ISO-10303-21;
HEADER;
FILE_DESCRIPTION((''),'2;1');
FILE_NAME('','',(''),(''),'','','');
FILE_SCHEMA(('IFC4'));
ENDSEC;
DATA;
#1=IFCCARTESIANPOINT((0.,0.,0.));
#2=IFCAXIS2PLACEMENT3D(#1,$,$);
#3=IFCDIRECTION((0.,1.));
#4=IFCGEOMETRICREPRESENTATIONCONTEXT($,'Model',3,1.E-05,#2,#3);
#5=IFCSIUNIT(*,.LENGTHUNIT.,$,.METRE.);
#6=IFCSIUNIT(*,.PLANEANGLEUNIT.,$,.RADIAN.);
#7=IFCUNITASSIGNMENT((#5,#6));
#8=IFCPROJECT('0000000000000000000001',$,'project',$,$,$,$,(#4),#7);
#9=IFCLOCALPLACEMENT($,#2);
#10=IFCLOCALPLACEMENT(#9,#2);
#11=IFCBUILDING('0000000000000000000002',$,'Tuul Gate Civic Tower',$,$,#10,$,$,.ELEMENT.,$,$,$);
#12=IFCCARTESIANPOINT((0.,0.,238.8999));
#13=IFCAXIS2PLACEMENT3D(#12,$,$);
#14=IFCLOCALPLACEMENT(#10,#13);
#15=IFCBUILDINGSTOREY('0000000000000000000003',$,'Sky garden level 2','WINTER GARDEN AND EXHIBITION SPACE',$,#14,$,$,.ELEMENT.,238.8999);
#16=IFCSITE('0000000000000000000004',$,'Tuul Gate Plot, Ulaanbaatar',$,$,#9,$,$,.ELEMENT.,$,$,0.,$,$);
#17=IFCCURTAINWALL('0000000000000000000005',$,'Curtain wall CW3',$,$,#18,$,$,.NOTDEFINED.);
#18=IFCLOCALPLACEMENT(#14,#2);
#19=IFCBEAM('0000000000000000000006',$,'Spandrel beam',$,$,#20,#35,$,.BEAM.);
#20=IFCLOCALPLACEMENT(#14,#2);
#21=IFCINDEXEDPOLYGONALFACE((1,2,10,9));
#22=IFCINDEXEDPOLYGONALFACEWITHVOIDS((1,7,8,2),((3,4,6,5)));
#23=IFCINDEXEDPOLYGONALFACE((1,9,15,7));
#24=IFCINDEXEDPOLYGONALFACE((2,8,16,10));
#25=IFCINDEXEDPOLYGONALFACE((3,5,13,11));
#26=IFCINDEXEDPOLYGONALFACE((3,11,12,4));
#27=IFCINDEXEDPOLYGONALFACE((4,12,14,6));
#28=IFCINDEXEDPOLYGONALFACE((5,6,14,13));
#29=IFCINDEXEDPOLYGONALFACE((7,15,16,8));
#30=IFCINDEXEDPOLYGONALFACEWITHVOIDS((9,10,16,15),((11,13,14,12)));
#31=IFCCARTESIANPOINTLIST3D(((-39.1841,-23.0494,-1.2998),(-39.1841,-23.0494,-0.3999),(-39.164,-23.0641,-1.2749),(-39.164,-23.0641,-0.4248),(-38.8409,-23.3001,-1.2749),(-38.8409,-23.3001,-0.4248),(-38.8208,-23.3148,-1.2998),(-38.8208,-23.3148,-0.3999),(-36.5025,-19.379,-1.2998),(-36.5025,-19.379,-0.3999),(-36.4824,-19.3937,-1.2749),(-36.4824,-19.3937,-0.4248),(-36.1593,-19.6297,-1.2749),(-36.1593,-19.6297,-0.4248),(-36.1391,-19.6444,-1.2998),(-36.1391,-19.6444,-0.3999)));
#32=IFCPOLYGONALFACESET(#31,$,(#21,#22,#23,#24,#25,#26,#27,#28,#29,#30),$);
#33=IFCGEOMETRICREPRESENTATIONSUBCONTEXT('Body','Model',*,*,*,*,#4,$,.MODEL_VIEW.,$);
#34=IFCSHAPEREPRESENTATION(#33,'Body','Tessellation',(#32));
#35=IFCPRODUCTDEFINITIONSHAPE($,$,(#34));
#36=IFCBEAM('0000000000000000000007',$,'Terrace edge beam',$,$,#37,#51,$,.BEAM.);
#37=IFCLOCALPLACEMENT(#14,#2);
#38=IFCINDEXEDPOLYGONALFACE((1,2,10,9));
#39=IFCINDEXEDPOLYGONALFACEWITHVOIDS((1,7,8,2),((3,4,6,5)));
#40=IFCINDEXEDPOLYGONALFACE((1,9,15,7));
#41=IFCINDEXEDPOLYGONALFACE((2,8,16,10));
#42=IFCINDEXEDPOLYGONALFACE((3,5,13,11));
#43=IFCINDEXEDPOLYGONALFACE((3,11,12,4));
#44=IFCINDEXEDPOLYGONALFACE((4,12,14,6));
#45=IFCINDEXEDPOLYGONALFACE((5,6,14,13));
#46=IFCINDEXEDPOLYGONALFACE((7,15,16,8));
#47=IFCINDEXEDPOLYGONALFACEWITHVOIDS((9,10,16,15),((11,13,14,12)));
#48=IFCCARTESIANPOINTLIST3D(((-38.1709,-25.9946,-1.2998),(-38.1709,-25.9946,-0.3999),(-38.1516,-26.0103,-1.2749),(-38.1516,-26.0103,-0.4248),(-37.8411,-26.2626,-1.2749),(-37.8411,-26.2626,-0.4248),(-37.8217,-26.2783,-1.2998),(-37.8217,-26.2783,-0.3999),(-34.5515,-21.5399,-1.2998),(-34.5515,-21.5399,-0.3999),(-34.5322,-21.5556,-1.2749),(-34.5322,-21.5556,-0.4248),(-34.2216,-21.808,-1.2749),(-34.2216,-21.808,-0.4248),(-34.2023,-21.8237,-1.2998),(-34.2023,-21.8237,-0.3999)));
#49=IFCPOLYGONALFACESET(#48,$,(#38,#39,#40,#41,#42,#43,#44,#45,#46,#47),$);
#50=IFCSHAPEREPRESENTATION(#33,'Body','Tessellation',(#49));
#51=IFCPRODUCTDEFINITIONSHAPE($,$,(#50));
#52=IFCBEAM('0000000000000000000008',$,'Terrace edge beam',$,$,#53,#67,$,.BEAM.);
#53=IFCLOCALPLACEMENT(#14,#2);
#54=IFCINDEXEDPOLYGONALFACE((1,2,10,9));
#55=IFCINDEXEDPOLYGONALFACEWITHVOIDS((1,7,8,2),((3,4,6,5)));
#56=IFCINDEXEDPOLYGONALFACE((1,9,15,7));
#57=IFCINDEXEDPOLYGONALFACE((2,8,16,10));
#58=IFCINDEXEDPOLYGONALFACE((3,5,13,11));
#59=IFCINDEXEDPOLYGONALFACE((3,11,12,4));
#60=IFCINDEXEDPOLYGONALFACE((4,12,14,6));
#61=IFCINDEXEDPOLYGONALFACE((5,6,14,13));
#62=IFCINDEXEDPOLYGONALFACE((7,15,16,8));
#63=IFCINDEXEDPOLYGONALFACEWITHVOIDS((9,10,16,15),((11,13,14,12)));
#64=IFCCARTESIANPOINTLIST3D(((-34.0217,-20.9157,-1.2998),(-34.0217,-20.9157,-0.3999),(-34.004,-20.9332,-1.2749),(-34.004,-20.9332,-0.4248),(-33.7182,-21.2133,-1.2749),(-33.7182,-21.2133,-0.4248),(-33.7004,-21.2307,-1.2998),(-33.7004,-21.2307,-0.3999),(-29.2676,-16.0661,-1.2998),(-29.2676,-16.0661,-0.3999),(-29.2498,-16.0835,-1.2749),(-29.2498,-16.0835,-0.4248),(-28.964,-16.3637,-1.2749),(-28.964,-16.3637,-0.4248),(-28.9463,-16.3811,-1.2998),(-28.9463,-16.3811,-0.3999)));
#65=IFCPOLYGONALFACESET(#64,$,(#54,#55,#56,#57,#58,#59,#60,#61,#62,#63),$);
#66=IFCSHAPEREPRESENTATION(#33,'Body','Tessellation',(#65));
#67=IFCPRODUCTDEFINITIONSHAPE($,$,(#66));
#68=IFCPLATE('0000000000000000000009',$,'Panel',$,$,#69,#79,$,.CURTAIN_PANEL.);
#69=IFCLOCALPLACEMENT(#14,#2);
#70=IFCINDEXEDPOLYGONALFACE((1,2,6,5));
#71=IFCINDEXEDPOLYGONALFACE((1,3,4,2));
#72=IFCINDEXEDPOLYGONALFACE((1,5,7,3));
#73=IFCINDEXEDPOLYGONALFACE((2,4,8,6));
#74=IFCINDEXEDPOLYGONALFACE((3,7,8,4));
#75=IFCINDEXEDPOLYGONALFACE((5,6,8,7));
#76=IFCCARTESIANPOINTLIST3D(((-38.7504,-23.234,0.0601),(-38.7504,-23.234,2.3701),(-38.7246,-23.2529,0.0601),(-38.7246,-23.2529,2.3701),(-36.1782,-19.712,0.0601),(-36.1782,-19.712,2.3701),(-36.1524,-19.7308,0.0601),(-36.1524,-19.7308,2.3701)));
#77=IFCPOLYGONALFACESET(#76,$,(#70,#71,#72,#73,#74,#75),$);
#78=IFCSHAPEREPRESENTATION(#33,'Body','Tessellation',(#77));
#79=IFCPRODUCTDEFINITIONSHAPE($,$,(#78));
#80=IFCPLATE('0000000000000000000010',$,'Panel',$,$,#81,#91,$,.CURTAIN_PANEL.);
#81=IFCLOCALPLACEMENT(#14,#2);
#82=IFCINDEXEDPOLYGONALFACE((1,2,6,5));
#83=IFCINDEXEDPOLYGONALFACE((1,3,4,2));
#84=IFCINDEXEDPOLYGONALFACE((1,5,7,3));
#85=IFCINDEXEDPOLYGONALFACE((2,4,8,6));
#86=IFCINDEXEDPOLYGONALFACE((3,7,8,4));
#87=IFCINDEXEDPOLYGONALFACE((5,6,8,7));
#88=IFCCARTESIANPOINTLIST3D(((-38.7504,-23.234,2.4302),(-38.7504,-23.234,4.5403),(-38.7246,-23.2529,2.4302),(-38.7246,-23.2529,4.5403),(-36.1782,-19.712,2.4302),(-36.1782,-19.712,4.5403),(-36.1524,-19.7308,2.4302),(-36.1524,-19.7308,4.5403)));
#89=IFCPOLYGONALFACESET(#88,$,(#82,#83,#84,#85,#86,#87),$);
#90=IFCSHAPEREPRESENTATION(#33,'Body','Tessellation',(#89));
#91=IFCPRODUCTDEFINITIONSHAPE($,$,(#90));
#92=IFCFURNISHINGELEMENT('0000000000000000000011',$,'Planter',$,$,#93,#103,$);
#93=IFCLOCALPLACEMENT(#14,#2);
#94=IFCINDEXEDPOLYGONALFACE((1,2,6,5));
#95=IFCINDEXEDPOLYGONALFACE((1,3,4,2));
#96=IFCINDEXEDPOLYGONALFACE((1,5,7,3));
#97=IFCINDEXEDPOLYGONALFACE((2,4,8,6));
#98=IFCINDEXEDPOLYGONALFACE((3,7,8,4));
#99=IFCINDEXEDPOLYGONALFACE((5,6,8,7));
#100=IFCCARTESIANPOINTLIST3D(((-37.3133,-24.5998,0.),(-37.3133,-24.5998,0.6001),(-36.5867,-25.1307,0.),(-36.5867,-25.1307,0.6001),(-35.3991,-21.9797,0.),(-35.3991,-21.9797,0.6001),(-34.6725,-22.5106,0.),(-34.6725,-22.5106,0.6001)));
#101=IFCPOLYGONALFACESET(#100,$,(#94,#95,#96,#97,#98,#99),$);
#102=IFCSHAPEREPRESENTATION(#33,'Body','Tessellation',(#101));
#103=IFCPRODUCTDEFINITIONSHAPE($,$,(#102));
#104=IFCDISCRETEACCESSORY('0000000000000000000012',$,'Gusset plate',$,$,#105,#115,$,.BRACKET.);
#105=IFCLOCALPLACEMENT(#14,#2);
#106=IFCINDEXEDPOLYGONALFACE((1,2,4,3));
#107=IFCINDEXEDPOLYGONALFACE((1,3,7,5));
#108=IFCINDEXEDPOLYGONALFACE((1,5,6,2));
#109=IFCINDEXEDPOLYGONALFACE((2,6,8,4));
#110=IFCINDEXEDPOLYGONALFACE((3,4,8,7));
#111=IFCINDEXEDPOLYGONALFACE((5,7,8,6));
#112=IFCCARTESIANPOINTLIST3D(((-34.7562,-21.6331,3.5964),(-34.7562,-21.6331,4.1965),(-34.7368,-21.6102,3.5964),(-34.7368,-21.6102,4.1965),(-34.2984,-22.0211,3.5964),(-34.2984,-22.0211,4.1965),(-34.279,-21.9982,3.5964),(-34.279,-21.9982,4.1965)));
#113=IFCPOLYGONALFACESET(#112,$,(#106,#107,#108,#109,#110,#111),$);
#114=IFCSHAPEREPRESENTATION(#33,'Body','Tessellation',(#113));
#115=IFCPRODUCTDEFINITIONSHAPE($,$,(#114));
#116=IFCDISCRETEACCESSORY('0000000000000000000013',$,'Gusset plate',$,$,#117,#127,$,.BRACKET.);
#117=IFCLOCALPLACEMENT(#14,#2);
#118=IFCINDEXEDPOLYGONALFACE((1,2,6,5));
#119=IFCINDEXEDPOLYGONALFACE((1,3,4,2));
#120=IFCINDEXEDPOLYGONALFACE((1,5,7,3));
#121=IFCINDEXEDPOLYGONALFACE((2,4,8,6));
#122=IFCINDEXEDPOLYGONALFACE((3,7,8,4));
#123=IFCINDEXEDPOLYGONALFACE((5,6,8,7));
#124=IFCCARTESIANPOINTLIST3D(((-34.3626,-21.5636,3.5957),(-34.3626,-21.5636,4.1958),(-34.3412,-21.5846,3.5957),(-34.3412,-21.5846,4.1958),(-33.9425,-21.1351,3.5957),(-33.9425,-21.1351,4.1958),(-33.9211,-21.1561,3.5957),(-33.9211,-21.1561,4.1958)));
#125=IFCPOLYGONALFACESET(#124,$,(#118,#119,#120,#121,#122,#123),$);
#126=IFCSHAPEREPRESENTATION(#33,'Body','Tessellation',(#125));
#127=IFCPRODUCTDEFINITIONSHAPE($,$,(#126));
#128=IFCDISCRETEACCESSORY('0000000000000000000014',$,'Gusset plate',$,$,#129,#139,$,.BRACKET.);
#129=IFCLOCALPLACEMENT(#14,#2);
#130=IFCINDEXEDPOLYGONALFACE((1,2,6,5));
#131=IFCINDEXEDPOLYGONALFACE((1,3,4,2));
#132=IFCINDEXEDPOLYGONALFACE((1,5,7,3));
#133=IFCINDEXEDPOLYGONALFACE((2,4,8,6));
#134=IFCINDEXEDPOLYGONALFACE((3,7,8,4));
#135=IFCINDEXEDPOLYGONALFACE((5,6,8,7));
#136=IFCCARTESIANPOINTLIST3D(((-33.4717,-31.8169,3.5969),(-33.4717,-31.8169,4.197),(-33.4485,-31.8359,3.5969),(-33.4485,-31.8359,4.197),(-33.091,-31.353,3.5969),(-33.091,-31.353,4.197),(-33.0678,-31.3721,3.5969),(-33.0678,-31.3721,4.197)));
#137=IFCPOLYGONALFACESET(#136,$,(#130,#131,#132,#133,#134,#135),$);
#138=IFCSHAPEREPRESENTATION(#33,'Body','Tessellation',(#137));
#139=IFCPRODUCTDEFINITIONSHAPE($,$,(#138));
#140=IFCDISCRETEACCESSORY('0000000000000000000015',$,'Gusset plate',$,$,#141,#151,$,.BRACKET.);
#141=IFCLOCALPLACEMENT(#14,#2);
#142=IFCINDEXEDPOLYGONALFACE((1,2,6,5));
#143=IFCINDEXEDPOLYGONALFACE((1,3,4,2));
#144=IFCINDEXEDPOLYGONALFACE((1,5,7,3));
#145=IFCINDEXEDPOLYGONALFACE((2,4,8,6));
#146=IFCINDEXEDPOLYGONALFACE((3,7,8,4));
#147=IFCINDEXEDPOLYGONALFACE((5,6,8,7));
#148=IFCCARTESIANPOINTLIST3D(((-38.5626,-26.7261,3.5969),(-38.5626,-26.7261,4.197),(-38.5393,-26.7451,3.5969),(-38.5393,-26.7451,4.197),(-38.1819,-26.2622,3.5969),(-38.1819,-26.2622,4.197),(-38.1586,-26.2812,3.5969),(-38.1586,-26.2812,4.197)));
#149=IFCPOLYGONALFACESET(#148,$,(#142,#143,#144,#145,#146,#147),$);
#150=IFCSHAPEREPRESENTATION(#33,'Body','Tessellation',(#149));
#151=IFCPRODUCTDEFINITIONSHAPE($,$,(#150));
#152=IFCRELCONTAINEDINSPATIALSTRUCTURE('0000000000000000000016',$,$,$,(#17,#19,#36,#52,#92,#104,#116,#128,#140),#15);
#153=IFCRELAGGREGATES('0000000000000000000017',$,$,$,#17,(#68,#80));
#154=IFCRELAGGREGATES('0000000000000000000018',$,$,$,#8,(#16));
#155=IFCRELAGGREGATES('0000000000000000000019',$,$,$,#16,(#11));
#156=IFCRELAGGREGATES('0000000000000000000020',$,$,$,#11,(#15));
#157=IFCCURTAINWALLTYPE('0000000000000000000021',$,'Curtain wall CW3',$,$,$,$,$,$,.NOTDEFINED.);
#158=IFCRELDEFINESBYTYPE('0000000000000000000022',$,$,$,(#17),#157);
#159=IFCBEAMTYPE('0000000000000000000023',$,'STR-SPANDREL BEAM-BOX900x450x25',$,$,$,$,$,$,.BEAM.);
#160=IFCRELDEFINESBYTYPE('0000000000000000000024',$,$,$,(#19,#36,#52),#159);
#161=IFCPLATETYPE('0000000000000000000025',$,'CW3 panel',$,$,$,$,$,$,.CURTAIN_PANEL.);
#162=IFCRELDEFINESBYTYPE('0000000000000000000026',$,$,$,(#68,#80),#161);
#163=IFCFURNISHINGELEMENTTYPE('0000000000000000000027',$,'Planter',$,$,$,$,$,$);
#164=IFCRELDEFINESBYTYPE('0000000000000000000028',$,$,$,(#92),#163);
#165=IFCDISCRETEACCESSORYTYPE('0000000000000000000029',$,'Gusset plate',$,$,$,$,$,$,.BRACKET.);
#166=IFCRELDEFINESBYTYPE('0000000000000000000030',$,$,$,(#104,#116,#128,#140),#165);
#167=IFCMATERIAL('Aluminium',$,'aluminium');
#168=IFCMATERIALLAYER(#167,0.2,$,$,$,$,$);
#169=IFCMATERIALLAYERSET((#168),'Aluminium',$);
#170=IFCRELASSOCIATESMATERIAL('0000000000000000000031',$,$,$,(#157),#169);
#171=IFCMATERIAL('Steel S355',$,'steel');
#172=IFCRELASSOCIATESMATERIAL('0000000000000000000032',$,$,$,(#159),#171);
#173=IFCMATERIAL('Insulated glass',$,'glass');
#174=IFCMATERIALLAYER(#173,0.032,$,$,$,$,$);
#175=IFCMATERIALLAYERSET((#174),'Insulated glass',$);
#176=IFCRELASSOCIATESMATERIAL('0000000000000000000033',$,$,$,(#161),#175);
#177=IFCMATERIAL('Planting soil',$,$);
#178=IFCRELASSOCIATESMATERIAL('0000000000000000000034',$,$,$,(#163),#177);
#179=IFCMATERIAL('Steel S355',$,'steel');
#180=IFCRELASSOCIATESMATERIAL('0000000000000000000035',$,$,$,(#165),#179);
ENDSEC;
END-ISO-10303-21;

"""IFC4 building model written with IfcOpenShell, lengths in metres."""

from ifc_helpers import new_model, si_unit, direction, frame, origin, origin_2d, place, context, subcontext, project, spatial, rectangle, hollow_rectangle, extrude, material, layer, layer_set, material_profile, profile_set, type_object, element, aggregate, save


model = new_model("IFC4")

# Units and contexts
model_context = context("Model", 3, precision=1e-05, world=origin(), true_north=direction((0.0, 1.0)))
body_context = subcontext(model_context, "Body", "Model", "MODEL_VIEW")
ifc_project = project(units=[si_unit("LENGTHUNIT", "METRE"), si_unit("PLANEANGLEUNIT", "RADIAN")], contexts=[model_context])

# Site, building, storey
site_placement = place(None, origin())
site = spatial("IfcSite", under=ifc_project, at=site_placement, Name="Tuul Gate Plot, Ulaanbaatar", CompositionType="ELEMENT", RefElevation=0.0)
building_placement = place(site_placement, origin())
building = spatial("IfcBuilding", under=site, at=building_placement, Name="Tuul Gate Civic Tower", CompositionType="ELEMENT")
storey_placement = place(building_placement, frame((0.0, 0.0, 238.8999)))
storey = spatial("IfcBuildingStorey", under=building, at=storey_placement, Name="Sky garden level 2", Description="WINTER GARDEN AND EXHIBITION SPACE", CompositionType="ELEMENT", Elevation=238.8999)

# Curtain wall
ifc_material_1 = material(Name="Aluminium", Category="aluminium")
ifc_layer_1 = layer(ifc_material_1, 0.2)
ifc_layer_set_1 = layer_set([ifc_layer_1], Name="Aluminium")
curtain_wall_type = type_object("IfcCurtainWallType", Name="Curtain wall CW3", PredefinedType="NOTDEFINED", material=ifc_layer_set_1)
curtain_wall_1_placement = place(storey_placement, origin())
curtain_wall_1 = element("IfcCurtainWall", 1, at=curtain_wall_1_placement, inside=storey, type_object=curtain_wall_type, Name="Curtain wall CW3", PredefinedType="NOTDEFINED")

# Beams
ifc_material_2 = material(Name="Steel S355", Category="steel")
ifc_material_profile_1 = material_profile(ifc_material_2, hollow_rectangle(XDim=0.45, YDim=0.8999, WallThickness=0.0249, at=origin_2d()), Name="BOX900x450x25")
ifc_profile_set_1 = profile_set([ifc_material_profile_1], Name="Steel S355")
beam_type_1 = type_object("IfcBeamType", Name="STR-SPANDREL BEAM-BOX900x450x25", PredefinedType="BEAM", material=ifc_profile_set_1)
beam_1_placement = place(storey_placement, frame((-36.3208, -19.5117, -0.8499), z_axis=(-0.589933, -0.807452, 0.0), x_axis=(0.807452, -0.589933, 0.0)))
element("IfcBeam", 2, at=beam_1_placement, inside=storey, type_object=beam_type_1, Name="Spandrel beam", PredefinedType="BEAM", context=body_context, shape_type="SweptSolid", body=[
    extrude(hollow_rectangle(XDim=0.45, YDim=0.8999, WallThickness=0.0249, at=origin_2d()), origin(), (0.0, 0.0, 1.0), 4.5457),
])
beam_2_placement = place(storey_placement, frame((-37.9963, -26.1365, -0.8499), z_axis=(0.630596, 0.776111, 0.0), x_axis=(-0.776111, 0.630596, 0.0)))
element("IfcBeam", 3, at=beam_2_placement, inside=storey, type_object=beam_type_1, Name="Terrace edge beam", PredefinedType="BEAM", context=body_context, shape_type="SweptSolid", body=[
    extrude(hollow_rectangle(XDim=0.45, YDim=0.8999, WallThickness=0.0249, at=origin_2d()), origin(), (0.0, 0.0, 1.0), 5.7397),
])
beam_3_placement = place(storey_placement, frame((-33.8611, -21.0732, -0.8499), z_axis=(0.700044, 0.7141, 0.0), x_axis=(-0.7141, 0.700044, 0.0)))
element("IfcBeam", 4, at=beam_3_placement, inside=storey, type_object=beam_type_1, Name="Terrace edge beam", PredefinedType="BEAM", context=body_context, shape_type="SweptSolid", body=[
    extrude(hollow_rectangle(XDim=0.45, YDim=0.8999, WallThickness=0.0249, at=origin_2d()), origin(), (0.0, 0.0, 1.0), 6.7913),
])

# Plates
ifc_material_3 = material(Name="Insulated glass", Category="glass")
ifc_layer_2 = layer(ifc_material_3, 0.032)
ifc_layer_set_2 = layer_set([ifc_layer_2], Name="Insulated glass")
plate_type = type_object("IfcPlateType", Name="CW3 panel", PredefinedType="CURTAIN_PANEL", material=ifc_layer_set_2)
plate_1_placement = place(storey_placement, frame((-37.4514, -21.4824, 0.0601), z_axis=(0.0, 0.0, 1.0), x_axis=(0.589776, 0.807567, 0.0)))
plate_1 = element("IfcPlate", 5, at=plate_1_placement, type_object=plate_type, Name="Panel", PredefinedType="CURTAIN_PANEL", context=body_context, shape_type="SweptSolid", body=[
    extrude(rectangle(XDim=4.3613, YDim=0.032, at=origin_2d()), origin(), (0.0, 0.0, 1.0), 2.3101),
])
plate_2_placement = place(storey_placement, frame((-37.4514, -21.4824, 2.4302), z_axis=(0.0, 0.0, 1.0), x_axis=(0.589776, 0.807567, 0.0)))
plate_2 = element("IfcPlate", 6, at=plate_2_placement, type_object=plate_type, Name="Panel", PredefinedType="CURTAIN_PANEL", context=body_context, shape_type="SweptSolid", body=[
    extrude(rectangle(XDim=4.3613, YDim=0.032, at=origin_2d()), origin(), (0.0, 0.0, 1.0), 2.1101),
])
aggregate(curtain_wall_1, [plate_1, plate_2])

# Furnishing element
ifc_material_4 = material(Name="Planting soil")
furnishing_element_type = type_object("IfcFurnishingElementType", Name="Planter", material=ifc_material_4)
furnishing_placement = place(storey_placement, frame((-35.9929, -23.5552, 0.0), z_axis=(0.0, 0.0, 1.0), x_axis=(0.589919, 0.807463, 0.0)))
element("IfcFurnishingElement", 7, at=furnishing_placement, inside=storey, type_object=furnishing_element_type, Name="Planter", context=body_context, shape_type="SweptSolid", body=[
    extrude(rectangle(XDim=3.2449, YDim=0.8999, at=origin_2d()), origin(), (0.0, 0.0, 1.0), 0.6001),
])

# Discrete accessories
ifc_material_5 = material(Name="Steel S355", Category="steel")
discrete_accessory_type = type_object("IfcDiscreteAccessoryType", Name="Gusset plate", PredefinedType="BRACKET", material=ifc_material_5)
for number, where, z_axis, x_axis, name in (
    (8, (-34.5176, -21.8157, 3.5964), (0.0, 0.0, 1.0), (-0.762848, 0.646578, 0.0), "Gusset plate"),
    (9, (-34.1418, -21.3599, 3.5957), (0.0, 0.0, 1.0), (0.700024, 0.714119, 0.0), "Gusset plate"),
    (10, (-33.2698, -31.5945, 3.5969), (0.0, 0.0, 1.0), (0.6344, 0.773005, 0.0), "Gusset plate"),
    (11, (-38.3606, -26.5037, 3.5969), (0.0, 0.0, 1.0), (0.6344, 0.773005, 0.0), "Gusset plate"),
):
    element("IfcDiscreteAccessory", number, at=place(storey_placement, frame(where, z_axis=z_axis, x_axis=x_axis)), inside=storey, type_object=discrete_accessory_type, Name=name, PredefinedType="BRACKET", context=body_context, shape_type="SweptSolid", body=[
        extrude(rectangle(XDim=0.6001, YDim=0.03, at=origin_2d()), origin(), (0.0, 0.0, 1.0), 0.6001),
    ])

save(model, "model.ifc")
